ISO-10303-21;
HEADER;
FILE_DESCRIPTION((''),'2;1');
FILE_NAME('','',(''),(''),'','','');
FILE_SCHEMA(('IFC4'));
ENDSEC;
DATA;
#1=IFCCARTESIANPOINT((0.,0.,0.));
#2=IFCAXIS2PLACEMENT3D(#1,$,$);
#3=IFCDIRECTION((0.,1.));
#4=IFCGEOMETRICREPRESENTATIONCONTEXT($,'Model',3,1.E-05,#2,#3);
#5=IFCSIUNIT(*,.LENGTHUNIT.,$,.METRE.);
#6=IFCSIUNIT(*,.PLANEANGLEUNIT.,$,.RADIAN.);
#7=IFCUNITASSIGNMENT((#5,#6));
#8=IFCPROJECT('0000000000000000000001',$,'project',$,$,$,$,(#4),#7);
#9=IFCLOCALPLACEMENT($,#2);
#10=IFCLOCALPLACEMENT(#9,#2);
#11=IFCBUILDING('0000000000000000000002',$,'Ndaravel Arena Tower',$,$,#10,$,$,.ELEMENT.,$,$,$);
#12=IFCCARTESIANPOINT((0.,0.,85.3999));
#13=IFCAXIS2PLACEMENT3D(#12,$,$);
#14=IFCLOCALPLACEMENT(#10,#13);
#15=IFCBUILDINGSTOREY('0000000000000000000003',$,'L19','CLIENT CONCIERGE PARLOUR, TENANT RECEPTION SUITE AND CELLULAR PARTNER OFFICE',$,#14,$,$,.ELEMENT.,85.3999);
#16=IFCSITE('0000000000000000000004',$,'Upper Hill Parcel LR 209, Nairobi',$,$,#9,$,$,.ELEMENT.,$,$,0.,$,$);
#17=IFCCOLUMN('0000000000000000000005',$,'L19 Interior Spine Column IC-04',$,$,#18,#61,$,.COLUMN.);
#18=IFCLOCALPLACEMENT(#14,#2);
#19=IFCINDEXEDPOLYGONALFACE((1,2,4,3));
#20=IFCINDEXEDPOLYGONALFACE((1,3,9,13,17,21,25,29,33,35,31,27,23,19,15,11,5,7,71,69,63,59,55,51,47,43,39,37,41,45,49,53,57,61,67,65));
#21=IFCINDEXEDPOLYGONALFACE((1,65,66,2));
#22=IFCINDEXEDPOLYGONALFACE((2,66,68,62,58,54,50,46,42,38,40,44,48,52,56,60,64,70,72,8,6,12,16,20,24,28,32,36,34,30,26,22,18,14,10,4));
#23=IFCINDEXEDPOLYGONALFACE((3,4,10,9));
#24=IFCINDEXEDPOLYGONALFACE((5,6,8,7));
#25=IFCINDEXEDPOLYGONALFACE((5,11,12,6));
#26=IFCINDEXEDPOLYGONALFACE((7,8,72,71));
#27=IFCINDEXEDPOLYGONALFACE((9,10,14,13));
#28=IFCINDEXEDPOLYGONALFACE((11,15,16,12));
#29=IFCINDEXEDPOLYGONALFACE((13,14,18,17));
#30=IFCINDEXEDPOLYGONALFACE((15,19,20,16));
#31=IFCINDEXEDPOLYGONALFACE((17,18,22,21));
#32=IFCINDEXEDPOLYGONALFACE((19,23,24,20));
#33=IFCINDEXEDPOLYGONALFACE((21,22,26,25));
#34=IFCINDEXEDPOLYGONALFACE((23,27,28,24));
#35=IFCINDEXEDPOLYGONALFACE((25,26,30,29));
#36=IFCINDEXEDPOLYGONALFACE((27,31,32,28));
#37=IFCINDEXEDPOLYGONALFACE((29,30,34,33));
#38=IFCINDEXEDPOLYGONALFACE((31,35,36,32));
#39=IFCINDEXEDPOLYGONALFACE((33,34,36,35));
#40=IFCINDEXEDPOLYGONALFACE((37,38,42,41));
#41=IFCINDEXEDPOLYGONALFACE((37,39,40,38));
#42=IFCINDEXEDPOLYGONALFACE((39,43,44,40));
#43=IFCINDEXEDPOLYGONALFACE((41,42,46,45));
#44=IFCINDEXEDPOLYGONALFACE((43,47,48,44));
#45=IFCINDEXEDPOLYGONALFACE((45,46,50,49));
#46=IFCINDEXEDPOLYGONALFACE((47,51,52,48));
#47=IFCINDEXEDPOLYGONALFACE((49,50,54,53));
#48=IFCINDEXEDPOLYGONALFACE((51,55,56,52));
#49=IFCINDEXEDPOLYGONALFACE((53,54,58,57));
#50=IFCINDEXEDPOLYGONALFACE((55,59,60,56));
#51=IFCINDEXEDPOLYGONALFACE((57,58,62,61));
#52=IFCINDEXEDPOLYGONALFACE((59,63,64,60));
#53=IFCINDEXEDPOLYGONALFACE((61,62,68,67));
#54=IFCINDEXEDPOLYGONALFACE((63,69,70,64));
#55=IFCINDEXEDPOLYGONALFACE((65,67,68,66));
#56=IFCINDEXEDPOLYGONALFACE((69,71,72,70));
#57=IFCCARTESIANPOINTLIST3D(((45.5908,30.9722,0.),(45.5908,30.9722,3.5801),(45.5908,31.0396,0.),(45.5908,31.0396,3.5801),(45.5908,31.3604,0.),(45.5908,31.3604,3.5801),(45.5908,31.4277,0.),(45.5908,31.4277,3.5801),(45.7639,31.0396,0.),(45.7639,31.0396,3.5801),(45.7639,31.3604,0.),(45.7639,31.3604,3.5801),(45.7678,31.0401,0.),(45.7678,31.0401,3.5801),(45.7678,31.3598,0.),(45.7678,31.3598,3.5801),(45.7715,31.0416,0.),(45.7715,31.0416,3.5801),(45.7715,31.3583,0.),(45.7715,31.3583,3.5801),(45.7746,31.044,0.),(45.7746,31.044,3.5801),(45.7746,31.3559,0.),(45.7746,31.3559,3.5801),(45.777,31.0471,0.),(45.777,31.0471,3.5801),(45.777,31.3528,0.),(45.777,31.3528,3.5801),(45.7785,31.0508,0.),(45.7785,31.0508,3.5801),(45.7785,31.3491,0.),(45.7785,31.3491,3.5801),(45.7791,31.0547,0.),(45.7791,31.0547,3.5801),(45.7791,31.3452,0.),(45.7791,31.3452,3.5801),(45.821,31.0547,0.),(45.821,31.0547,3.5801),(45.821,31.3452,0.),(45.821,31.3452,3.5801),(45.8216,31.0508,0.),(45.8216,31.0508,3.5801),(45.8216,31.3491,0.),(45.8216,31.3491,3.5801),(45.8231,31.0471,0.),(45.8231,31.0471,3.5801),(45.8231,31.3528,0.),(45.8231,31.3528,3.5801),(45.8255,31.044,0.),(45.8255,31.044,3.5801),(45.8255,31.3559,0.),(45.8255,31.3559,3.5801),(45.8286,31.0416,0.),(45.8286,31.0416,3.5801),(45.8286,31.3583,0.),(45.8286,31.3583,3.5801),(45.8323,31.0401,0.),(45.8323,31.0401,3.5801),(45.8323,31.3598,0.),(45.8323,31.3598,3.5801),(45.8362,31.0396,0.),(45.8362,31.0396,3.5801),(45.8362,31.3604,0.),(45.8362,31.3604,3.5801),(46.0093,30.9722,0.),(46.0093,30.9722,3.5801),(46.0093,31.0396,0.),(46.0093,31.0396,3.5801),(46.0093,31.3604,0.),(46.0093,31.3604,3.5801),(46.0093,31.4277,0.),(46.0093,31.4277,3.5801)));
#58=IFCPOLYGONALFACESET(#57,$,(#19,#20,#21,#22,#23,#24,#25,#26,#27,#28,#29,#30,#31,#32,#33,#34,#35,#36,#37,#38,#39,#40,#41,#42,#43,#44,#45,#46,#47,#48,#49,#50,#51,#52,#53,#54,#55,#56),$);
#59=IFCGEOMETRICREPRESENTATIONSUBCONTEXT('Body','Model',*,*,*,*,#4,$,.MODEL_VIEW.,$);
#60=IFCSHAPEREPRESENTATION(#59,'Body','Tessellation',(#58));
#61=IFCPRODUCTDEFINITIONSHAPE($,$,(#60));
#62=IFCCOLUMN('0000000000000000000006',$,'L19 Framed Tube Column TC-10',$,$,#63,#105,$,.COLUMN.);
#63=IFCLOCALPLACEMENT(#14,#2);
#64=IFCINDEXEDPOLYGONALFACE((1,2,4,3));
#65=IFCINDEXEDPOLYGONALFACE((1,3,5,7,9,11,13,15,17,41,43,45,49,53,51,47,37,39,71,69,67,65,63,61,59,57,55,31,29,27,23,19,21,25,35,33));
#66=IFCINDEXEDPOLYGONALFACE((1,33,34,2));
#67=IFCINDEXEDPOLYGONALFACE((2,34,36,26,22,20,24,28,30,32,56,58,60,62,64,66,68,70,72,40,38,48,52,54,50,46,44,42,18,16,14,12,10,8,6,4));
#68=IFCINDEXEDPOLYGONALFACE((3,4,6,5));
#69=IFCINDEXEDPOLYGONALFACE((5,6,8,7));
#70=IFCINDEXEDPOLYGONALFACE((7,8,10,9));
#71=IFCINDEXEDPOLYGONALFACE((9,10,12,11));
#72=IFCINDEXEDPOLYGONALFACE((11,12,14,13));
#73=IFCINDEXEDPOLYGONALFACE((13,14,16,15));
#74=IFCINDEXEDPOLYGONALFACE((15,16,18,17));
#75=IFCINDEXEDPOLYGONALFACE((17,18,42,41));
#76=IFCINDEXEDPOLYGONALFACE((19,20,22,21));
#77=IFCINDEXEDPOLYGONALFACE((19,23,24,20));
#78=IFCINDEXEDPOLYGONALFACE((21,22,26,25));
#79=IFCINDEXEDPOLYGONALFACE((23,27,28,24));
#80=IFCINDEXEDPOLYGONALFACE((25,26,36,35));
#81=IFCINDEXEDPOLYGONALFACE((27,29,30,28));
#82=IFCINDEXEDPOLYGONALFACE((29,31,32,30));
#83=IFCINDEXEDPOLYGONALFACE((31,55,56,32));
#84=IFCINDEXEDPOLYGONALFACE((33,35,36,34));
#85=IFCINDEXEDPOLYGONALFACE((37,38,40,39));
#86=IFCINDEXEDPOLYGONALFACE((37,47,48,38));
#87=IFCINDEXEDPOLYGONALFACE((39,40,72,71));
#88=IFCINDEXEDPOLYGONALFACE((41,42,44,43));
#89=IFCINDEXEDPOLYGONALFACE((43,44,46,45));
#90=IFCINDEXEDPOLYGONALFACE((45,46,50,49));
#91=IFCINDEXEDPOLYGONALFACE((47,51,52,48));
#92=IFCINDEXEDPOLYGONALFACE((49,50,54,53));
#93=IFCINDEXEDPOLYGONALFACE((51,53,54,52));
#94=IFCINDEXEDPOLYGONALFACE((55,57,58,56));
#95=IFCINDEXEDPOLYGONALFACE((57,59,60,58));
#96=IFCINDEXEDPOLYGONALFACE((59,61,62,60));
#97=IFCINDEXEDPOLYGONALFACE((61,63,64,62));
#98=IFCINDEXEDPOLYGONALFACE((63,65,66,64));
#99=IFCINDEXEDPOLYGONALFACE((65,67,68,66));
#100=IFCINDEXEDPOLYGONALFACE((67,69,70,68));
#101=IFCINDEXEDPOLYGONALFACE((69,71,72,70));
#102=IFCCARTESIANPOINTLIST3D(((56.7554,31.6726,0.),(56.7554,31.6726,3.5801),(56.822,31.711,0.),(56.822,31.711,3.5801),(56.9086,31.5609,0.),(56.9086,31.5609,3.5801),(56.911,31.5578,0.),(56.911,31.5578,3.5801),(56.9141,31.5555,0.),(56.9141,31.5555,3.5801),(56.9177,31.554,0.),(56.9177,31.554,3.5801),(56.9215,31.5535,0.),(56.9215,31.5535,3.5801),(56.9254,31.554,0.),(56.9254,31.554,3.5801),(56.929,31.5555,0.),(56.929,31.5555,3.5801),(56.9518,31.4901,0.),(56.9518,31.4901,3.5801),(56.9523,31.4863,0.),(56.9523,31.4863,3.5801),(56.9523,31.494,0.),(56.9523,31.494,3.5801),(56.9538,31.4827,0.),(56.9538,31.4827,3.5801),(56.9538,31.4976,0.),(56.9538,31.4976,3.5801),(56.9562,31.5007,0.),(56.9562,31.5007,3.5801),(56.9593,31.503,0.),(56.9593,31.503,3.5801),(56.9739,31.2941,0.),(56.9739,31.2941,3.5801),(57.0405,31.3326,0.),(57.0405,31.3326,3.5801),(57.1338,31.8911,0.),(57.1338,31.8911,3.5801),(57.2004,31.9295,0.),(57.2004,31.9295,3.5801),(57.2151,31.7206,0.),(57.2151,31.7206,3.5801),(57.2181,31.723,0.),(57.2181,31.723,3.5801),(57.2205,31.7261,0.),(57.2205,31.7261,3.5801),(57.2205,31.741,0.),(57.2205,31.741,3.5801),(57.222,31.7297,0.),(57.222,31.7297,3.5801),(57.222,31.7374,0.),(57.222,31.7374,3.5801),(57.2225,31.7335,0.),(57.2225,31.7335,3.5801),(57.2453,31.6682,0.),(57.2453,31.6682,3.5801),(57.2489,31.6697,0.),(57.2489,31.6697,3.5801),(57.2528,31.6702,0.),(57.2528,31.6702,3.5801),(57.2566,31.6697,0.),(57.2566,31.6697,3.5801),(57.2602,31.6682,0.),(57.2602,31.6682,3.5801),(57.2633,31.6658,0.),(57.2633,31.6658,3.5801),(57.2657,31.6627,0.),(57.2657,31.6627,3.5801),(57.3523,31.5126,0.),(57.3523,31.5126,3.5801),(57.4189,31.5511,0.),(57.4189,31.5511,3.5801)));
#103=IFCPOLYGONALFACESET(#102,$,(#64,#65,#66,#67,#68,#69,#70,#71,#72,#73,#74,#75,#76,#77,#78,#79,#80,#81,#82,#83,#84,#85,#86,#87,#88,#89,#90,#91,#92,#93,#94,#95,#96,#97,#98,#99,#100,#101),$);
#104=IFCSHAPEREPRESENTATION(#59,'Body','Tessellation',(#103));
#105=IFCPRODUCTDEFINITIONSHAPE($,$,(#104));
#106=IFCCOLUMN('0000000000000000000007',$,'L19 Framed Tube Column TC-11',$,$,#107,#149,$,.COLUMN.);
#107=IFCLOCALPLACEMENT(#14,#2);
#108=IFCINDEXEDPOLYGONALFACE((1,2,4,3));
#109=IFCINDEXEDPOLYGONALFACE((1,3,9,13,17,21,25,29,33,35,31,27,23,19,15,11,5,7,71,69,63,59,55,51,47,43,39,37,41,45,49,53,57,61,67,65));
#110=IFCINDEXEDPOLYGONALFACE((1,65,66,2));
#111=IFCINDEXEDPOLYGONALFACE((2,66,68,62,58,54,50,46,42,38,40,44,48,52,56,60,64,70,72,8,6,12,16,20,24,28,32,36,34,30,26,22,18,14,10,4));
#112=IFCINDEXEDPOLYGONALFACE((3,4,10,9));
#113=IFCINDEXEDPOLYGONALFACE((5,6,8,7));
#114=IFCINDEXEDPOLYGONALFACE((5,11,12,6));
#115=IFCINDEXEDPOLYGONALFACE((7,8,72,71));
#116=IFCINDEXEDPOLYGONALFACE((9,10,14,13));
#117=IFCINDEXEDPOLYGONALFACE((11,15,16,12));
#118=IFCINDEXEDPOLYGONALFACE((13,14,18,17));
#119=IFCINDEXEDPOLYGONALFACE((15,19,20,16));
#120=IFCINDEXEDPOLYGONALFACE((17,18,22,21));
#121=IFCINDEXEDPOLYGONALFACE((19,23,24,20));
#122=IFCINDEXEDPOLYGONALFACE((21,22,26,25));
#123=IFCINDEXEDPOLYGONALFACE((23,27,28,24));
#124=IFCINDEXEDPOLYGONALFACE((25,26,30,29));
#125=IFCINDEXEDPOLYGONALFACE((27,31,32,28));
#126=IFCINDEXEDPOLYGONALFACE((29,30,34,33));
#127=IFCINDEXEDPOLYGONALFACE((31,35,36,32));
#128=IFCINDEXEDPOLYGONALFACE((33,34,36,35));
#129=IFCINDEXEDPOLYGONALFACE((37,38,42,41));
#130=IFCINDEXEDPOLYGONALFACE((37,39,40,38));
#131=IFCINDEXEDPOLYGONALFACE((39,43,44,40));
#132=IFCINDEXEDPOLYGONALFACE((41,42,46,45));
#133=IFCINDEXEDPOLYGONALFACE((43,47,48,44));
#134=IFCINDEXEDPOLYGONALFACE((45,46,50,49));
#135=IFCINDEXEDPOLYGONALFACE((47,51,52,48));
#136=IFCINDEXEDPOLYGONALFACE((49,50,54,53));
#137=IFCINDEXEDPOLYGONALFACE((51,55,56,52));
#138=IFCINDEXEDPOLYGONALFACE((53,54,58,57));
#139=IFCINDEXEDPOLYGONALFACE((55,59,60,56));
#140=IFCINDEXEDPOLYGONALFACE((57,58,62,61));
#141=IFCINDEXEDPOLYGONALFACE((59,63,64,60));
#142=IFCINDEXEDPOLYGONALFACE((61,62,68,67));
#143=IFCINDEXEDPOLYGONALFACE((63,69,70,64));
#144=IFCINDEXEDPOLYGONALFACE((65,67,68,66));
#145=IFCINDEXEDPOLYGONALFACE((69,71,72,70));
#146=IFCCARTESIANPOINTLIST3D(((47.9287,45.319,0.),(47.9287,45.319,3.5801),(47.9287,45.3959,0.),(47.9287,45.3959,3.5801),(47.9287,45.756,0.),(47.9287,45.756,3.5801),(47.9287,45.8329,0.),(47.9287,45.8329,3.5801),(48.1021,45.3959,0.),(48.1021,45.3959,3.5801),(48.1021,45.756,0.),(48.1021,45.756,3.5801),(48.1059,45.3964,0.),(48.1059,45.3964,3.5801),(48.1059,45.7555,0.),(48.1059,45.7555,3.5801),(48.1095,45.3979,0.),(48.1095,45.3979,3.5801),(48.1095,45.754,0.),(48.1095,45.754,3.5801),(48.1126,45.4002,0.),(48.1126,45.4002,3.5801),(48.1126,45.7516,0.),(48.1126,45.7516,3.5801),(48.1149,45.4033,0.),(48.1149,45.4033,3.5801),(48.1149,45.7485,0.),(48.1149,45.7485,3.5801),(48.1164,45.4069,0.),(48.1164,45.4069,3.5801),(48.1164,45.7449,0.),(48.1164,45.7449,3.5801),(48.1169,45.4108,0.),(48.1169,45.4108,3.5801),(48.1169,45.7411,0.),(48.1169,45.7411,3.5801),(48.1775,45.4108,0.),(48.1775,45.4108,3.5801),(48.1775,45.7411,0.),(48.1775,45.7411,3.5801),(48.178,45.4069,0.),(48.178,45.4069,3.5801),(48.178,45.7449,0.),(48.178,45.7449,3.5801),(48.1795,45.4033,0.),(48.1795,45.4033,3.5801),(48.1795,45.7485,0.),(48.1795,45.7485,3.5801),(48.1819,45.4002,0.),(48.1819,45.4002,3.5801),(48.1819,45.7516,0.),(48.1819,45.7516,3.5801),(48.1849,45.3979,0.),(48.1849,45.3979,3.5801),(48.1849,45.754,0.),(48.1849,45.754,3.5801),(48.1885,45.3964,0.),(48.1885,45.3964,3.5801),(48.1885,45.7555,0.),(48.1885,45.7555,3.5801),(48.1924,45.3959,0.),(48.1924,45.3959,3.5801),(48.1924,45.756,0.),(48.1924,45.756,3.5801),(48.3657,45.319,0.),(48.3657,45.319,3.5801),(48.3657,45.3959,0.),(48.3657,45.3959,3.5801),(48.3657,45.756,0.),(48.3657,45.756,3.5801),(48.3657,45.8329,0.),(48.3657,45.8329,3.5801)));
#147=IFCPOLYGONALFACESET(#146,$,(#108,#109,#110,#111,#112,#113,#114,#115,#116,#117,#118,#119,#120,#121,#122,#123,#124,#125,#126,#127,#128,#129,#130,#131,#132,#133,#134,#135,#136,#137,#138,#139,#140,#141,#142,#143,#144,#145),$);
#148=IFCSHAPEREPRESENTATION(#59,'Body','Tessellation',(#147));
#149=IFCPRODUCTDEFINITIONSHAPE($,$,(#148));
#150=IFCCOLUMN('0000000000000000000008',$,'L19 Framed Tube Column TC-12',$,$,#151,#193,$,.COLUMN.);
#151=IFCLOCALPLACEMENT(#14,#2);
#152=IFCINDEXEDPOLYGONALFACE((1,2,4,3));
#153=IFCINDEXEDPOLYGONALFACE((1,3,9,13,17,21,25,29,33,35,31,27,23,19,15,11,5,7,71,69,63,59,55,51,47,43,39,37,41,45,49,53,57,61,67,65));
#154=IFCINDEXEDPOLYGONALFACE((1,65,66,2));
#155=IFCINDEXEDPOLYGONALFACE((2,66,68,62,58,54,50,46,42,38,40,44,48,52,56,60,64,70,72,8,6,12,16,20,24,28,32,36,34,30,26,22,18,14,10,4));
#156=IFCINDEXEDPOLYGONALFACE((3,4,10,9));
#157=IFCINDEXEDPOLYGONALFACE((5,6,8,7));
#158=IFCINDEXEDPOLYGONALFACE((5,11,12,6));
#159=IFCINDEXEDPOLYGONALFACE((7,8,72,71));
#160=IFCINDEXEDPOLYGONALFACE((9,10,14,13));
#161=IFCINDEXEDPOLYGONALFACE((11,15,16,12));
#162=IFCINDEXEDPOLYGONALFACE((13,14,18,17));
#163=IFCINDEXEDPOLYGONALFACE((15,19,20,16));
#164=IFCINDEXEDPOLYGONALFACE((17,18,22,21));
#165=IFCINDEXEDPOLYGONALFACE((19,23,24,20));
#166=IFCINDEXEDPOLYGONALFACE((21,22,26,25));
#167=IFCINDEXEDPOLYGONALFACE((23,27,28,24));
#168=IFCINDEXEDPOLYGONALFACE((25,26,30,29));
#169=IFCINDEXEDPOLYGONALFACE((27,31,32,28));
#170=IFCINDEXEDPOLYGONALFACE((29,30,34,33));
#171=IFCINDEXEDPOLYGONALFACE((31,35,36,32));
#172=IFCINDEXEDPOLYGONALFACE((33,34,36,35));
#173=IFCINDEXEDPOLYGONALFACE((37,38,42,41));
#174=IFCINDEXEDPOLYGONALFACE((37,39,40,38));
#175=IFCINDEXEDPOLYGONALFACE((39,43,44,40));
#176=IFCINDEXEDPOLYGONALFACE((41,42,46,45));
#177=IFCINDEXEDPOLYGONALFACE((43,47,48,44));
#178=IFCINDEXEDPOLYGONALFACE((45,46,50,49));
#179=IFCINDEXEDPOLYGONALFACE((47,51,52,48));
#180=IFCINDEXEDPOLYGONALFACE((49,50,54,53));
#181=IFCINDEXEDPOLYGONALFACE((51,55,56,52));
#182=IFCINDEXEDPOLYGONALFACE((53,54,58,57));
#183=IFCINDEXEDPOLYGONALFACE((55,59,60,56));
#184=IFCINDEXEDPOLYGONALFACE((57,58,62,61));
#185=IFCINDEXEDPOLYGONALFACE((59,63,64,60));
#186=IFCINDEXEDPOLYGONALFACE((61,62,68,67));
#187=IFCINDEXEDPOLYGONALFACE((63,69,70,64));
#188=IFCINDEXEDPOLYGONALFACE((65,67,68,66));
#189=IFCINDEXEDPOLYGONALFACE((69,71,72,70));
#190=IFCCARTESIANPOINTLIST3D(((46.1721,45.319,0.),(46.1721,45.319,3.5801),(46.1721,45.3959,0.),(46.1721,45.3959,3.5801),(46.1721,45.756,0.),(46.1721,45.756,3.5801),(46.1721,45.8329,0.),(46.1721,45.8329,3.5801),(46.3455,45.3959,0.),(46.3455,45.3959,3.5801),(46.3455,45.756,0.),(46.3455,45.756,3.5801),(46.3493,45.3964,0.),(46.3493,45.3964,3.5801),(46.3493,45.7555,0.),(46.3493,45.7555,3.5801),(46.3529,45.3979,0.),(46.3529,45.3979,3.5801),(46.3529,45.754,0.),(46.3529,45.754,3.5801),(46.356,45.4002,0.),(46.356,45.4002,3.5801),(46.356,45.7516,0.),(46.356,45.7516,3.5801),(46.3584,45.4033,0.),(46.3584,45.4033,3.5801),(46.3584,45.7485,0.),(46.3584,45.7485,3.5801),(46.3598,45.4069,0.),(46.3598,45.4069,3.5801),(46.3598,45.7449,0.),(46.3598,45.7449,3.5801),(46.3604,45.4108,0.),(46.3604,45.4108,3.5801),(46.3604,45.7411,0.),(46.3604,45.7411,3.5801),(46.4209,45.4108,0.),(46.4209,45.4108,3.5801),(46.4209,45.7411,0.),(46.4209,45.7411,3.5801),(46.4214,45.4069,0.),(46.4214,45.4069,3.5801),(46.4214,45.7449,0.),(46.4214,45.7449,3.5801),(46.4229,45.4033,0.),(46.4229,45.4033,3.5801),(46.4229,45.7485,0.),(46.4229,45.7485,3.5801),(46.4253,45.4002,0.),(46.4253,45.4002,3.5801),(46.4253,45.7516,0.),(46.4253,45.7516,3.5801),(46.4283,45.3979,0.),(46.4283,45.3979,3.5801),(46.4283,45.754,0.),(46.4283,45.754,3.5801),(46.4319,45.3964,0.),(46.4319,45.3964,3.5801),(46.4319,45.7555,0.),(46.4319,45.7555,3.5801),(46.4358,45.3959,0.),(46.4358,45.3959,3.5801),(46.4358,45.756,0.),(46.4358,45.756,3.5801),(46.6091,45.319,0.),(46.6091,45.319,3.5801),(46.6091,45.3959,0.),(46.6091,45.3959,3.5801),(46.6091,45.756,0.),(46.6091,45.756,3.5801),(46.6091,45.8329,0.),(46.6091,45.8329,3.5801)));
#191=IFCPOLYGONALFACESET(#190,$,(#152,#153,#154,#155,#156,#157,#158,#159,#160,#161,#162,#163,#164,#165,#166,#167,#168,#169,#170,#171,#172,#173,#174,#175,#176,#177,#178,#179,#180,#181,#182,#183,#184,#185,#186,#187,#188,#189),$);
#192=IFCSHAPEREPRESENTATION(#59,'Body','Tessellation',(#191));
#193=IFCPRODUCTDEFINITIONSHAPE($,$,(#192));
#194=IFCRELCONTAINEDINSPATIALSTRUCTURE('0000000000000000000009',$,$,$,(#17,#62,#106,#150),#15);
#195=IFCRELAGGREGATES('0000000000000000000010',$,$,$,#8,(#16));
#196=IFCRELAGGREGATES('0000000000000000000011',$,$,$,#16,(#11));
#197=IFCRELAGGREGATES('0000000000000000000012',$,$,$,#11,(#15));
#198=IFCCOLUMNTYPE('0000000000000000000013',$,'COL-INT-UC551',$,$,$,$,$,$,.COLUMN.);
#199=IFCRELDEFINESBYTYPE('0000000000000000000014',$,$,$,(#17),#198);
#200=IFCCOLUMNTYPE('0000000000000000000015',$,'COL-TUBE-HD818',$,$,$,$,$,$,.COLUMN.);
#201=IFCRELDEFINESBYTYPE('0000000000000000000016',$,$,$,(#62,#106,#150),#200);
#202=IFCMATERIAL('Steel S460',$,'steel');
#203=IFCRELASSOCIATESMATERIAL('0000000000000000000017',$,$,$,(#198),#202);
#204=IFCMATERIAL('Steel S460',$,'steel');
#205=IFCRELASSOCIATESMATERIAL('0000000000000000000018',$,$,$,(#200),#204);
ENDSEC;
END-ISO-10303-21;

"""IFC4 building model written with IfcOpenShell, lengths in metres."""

from ifc_helpers import new_model, si_unit, direction, frame, origin, origin_2d, place, context, subcontext, project, spatial, i_section, extrude, material, material_profile, profile_set, type_object, element, save


model = new_model("IFC4")

# Units and contexts
model_context = context("Model", 3, precision=1e-05, world=origin(), true_north=direction((0.0, 1.0)))
body_context = subcontext(model_context, "Body", "Model", "MODEL_VIEW")
ifc_project = project(units=[si_unit("LENGTHUNIT", "METRE"), si_unit("PLANEANGLEUNIT", "RADIAN")], contexts=[model_context])

# Site, building, storey
site_placement = place(None, origin())
site = spatial("IfcSite", under=ifc_project, at=site_placement, Name="Upper Hill Parcel LR 209, Nairobi", CompositionType="ELEMENT", RefElevation=0.0)
building_placement = place(site_placement, origin())
building = spatial("IfcBuilding", under=site, at=building_placement, Name="Ndaravel Arena Tower", CompositionType="ELEMENT")
storey_placement = place(building_placement, frame((0.0, 0.0, 85.3999)))
storey = spatial("IfcBuildingStorey", under=building, at=storey_placement, Name="L19", Description="CLIENT CONCIERGE PARLOUR, TENANT RECEPTION SUITE AND CELLULAR PARTNER OFFICE", CompositionType="ELEMENT", Elevation=85.3999)

# Columns
ifc_material_1 = material(Name="Steel S460", Category="steel")
ifc_material_profile_1 = material_profile(ifc_material_1, i_section(OverallWidth=0.4185, OverallDepth=0.4556, WebThickness=0.042, FlangeThickness=0.0674, FilletRadius=0.0151, at=origin_2d()), Name="UC 356x406x551")
ifc_profile_set_1 = profile_set([ifc_material_profile_1], Name="Steel S460")
column_type_1 = type_object("IfcColumnType", Name="COL-INT-UC551", PredefinedType="COLUMN", material=ifc_profile_set_1)
column_placement = place(storey_placement, frame((45.8, 31.2, 0.0), z_axis=(0.0, 0.0, 1.0), x_axis=(1.0, 0.0, 0.0)))
element("IfcColumn", 1, at=column_placement, inside=storey, type_object=column_type_1, Name="L19 Interior Spine Column IC-04", PredefinedType="COLUMN", context=body_context, shape_type="SweptSolid", body=[
    extrude(i_section(OverallWidth=0.4185, OverallDepth=0.4556, WebThickness=0.042, FlangeThickness=0.0674, FilletRadius=0.0151, at=origin_2d()), origin(), (0.0, 0.0, 1.0), 3.5801),
])
ifc_material_2 = material(Name="Steel S460", Category="steel")
ifc_material_profile_2 = material_profile(ifc_material_2, i_section(OverallWidth=0.437, OverallDepth=0.5139, WebThickness=0.0605, FlangeThickness=0.0769, FilletRadius=0.0149, at=origin_2d()), Name="HD 400x818")
ifc_profile_set_2 = profile_set([ifc_material_profile_2], Name="Steel S460")
column_type_2 = type_object("IfcColumnType", Name="COL-TUBE-HD818", PredefinedType="COLUMN", material=ifc_profile_set_2)
for number, where, z_axis, x_axis, name in (
    (2, (57.0872, 31.6118, 0.0), (0.0, 0.0, 1.0), (-0.5, 0.866025, 0.0), "L19 Framed Tube Column TC-10"),
    (3, (48.1472, 45.5759, 0.0), (0.0, 0.0, 1.0), (1.0, 0.0, 0.0), "L19 Framed Tube Column TC-11"),
    (4, (46.3906, 45.5759, 0.0), (0.0, 0.0, 1.0), (1.0, 0.0, 0.0), "L19 Framed Tube Column TC-12"),
):
    element("IfcColumn", number, at=place(storey_placement, frame(where, z_axis=z_axis, x_axis=x_axis)), inside=storey, type_object=column_type_2, Name=name, PredefinedType="COLUMN", context=body_context, shape_type="SweptSolid", body=[
        extrude(i_section(OverallWidth=0.437, OverallDepth=0.5139, WebThickness=0.0605, FlangeThickness=0.0769, FilletRadius=0.0149, at=origin_2d()), origin(), (0.0, 0.0, 1.0), 3.5801),
    ])

save(model, "model.ifc")
